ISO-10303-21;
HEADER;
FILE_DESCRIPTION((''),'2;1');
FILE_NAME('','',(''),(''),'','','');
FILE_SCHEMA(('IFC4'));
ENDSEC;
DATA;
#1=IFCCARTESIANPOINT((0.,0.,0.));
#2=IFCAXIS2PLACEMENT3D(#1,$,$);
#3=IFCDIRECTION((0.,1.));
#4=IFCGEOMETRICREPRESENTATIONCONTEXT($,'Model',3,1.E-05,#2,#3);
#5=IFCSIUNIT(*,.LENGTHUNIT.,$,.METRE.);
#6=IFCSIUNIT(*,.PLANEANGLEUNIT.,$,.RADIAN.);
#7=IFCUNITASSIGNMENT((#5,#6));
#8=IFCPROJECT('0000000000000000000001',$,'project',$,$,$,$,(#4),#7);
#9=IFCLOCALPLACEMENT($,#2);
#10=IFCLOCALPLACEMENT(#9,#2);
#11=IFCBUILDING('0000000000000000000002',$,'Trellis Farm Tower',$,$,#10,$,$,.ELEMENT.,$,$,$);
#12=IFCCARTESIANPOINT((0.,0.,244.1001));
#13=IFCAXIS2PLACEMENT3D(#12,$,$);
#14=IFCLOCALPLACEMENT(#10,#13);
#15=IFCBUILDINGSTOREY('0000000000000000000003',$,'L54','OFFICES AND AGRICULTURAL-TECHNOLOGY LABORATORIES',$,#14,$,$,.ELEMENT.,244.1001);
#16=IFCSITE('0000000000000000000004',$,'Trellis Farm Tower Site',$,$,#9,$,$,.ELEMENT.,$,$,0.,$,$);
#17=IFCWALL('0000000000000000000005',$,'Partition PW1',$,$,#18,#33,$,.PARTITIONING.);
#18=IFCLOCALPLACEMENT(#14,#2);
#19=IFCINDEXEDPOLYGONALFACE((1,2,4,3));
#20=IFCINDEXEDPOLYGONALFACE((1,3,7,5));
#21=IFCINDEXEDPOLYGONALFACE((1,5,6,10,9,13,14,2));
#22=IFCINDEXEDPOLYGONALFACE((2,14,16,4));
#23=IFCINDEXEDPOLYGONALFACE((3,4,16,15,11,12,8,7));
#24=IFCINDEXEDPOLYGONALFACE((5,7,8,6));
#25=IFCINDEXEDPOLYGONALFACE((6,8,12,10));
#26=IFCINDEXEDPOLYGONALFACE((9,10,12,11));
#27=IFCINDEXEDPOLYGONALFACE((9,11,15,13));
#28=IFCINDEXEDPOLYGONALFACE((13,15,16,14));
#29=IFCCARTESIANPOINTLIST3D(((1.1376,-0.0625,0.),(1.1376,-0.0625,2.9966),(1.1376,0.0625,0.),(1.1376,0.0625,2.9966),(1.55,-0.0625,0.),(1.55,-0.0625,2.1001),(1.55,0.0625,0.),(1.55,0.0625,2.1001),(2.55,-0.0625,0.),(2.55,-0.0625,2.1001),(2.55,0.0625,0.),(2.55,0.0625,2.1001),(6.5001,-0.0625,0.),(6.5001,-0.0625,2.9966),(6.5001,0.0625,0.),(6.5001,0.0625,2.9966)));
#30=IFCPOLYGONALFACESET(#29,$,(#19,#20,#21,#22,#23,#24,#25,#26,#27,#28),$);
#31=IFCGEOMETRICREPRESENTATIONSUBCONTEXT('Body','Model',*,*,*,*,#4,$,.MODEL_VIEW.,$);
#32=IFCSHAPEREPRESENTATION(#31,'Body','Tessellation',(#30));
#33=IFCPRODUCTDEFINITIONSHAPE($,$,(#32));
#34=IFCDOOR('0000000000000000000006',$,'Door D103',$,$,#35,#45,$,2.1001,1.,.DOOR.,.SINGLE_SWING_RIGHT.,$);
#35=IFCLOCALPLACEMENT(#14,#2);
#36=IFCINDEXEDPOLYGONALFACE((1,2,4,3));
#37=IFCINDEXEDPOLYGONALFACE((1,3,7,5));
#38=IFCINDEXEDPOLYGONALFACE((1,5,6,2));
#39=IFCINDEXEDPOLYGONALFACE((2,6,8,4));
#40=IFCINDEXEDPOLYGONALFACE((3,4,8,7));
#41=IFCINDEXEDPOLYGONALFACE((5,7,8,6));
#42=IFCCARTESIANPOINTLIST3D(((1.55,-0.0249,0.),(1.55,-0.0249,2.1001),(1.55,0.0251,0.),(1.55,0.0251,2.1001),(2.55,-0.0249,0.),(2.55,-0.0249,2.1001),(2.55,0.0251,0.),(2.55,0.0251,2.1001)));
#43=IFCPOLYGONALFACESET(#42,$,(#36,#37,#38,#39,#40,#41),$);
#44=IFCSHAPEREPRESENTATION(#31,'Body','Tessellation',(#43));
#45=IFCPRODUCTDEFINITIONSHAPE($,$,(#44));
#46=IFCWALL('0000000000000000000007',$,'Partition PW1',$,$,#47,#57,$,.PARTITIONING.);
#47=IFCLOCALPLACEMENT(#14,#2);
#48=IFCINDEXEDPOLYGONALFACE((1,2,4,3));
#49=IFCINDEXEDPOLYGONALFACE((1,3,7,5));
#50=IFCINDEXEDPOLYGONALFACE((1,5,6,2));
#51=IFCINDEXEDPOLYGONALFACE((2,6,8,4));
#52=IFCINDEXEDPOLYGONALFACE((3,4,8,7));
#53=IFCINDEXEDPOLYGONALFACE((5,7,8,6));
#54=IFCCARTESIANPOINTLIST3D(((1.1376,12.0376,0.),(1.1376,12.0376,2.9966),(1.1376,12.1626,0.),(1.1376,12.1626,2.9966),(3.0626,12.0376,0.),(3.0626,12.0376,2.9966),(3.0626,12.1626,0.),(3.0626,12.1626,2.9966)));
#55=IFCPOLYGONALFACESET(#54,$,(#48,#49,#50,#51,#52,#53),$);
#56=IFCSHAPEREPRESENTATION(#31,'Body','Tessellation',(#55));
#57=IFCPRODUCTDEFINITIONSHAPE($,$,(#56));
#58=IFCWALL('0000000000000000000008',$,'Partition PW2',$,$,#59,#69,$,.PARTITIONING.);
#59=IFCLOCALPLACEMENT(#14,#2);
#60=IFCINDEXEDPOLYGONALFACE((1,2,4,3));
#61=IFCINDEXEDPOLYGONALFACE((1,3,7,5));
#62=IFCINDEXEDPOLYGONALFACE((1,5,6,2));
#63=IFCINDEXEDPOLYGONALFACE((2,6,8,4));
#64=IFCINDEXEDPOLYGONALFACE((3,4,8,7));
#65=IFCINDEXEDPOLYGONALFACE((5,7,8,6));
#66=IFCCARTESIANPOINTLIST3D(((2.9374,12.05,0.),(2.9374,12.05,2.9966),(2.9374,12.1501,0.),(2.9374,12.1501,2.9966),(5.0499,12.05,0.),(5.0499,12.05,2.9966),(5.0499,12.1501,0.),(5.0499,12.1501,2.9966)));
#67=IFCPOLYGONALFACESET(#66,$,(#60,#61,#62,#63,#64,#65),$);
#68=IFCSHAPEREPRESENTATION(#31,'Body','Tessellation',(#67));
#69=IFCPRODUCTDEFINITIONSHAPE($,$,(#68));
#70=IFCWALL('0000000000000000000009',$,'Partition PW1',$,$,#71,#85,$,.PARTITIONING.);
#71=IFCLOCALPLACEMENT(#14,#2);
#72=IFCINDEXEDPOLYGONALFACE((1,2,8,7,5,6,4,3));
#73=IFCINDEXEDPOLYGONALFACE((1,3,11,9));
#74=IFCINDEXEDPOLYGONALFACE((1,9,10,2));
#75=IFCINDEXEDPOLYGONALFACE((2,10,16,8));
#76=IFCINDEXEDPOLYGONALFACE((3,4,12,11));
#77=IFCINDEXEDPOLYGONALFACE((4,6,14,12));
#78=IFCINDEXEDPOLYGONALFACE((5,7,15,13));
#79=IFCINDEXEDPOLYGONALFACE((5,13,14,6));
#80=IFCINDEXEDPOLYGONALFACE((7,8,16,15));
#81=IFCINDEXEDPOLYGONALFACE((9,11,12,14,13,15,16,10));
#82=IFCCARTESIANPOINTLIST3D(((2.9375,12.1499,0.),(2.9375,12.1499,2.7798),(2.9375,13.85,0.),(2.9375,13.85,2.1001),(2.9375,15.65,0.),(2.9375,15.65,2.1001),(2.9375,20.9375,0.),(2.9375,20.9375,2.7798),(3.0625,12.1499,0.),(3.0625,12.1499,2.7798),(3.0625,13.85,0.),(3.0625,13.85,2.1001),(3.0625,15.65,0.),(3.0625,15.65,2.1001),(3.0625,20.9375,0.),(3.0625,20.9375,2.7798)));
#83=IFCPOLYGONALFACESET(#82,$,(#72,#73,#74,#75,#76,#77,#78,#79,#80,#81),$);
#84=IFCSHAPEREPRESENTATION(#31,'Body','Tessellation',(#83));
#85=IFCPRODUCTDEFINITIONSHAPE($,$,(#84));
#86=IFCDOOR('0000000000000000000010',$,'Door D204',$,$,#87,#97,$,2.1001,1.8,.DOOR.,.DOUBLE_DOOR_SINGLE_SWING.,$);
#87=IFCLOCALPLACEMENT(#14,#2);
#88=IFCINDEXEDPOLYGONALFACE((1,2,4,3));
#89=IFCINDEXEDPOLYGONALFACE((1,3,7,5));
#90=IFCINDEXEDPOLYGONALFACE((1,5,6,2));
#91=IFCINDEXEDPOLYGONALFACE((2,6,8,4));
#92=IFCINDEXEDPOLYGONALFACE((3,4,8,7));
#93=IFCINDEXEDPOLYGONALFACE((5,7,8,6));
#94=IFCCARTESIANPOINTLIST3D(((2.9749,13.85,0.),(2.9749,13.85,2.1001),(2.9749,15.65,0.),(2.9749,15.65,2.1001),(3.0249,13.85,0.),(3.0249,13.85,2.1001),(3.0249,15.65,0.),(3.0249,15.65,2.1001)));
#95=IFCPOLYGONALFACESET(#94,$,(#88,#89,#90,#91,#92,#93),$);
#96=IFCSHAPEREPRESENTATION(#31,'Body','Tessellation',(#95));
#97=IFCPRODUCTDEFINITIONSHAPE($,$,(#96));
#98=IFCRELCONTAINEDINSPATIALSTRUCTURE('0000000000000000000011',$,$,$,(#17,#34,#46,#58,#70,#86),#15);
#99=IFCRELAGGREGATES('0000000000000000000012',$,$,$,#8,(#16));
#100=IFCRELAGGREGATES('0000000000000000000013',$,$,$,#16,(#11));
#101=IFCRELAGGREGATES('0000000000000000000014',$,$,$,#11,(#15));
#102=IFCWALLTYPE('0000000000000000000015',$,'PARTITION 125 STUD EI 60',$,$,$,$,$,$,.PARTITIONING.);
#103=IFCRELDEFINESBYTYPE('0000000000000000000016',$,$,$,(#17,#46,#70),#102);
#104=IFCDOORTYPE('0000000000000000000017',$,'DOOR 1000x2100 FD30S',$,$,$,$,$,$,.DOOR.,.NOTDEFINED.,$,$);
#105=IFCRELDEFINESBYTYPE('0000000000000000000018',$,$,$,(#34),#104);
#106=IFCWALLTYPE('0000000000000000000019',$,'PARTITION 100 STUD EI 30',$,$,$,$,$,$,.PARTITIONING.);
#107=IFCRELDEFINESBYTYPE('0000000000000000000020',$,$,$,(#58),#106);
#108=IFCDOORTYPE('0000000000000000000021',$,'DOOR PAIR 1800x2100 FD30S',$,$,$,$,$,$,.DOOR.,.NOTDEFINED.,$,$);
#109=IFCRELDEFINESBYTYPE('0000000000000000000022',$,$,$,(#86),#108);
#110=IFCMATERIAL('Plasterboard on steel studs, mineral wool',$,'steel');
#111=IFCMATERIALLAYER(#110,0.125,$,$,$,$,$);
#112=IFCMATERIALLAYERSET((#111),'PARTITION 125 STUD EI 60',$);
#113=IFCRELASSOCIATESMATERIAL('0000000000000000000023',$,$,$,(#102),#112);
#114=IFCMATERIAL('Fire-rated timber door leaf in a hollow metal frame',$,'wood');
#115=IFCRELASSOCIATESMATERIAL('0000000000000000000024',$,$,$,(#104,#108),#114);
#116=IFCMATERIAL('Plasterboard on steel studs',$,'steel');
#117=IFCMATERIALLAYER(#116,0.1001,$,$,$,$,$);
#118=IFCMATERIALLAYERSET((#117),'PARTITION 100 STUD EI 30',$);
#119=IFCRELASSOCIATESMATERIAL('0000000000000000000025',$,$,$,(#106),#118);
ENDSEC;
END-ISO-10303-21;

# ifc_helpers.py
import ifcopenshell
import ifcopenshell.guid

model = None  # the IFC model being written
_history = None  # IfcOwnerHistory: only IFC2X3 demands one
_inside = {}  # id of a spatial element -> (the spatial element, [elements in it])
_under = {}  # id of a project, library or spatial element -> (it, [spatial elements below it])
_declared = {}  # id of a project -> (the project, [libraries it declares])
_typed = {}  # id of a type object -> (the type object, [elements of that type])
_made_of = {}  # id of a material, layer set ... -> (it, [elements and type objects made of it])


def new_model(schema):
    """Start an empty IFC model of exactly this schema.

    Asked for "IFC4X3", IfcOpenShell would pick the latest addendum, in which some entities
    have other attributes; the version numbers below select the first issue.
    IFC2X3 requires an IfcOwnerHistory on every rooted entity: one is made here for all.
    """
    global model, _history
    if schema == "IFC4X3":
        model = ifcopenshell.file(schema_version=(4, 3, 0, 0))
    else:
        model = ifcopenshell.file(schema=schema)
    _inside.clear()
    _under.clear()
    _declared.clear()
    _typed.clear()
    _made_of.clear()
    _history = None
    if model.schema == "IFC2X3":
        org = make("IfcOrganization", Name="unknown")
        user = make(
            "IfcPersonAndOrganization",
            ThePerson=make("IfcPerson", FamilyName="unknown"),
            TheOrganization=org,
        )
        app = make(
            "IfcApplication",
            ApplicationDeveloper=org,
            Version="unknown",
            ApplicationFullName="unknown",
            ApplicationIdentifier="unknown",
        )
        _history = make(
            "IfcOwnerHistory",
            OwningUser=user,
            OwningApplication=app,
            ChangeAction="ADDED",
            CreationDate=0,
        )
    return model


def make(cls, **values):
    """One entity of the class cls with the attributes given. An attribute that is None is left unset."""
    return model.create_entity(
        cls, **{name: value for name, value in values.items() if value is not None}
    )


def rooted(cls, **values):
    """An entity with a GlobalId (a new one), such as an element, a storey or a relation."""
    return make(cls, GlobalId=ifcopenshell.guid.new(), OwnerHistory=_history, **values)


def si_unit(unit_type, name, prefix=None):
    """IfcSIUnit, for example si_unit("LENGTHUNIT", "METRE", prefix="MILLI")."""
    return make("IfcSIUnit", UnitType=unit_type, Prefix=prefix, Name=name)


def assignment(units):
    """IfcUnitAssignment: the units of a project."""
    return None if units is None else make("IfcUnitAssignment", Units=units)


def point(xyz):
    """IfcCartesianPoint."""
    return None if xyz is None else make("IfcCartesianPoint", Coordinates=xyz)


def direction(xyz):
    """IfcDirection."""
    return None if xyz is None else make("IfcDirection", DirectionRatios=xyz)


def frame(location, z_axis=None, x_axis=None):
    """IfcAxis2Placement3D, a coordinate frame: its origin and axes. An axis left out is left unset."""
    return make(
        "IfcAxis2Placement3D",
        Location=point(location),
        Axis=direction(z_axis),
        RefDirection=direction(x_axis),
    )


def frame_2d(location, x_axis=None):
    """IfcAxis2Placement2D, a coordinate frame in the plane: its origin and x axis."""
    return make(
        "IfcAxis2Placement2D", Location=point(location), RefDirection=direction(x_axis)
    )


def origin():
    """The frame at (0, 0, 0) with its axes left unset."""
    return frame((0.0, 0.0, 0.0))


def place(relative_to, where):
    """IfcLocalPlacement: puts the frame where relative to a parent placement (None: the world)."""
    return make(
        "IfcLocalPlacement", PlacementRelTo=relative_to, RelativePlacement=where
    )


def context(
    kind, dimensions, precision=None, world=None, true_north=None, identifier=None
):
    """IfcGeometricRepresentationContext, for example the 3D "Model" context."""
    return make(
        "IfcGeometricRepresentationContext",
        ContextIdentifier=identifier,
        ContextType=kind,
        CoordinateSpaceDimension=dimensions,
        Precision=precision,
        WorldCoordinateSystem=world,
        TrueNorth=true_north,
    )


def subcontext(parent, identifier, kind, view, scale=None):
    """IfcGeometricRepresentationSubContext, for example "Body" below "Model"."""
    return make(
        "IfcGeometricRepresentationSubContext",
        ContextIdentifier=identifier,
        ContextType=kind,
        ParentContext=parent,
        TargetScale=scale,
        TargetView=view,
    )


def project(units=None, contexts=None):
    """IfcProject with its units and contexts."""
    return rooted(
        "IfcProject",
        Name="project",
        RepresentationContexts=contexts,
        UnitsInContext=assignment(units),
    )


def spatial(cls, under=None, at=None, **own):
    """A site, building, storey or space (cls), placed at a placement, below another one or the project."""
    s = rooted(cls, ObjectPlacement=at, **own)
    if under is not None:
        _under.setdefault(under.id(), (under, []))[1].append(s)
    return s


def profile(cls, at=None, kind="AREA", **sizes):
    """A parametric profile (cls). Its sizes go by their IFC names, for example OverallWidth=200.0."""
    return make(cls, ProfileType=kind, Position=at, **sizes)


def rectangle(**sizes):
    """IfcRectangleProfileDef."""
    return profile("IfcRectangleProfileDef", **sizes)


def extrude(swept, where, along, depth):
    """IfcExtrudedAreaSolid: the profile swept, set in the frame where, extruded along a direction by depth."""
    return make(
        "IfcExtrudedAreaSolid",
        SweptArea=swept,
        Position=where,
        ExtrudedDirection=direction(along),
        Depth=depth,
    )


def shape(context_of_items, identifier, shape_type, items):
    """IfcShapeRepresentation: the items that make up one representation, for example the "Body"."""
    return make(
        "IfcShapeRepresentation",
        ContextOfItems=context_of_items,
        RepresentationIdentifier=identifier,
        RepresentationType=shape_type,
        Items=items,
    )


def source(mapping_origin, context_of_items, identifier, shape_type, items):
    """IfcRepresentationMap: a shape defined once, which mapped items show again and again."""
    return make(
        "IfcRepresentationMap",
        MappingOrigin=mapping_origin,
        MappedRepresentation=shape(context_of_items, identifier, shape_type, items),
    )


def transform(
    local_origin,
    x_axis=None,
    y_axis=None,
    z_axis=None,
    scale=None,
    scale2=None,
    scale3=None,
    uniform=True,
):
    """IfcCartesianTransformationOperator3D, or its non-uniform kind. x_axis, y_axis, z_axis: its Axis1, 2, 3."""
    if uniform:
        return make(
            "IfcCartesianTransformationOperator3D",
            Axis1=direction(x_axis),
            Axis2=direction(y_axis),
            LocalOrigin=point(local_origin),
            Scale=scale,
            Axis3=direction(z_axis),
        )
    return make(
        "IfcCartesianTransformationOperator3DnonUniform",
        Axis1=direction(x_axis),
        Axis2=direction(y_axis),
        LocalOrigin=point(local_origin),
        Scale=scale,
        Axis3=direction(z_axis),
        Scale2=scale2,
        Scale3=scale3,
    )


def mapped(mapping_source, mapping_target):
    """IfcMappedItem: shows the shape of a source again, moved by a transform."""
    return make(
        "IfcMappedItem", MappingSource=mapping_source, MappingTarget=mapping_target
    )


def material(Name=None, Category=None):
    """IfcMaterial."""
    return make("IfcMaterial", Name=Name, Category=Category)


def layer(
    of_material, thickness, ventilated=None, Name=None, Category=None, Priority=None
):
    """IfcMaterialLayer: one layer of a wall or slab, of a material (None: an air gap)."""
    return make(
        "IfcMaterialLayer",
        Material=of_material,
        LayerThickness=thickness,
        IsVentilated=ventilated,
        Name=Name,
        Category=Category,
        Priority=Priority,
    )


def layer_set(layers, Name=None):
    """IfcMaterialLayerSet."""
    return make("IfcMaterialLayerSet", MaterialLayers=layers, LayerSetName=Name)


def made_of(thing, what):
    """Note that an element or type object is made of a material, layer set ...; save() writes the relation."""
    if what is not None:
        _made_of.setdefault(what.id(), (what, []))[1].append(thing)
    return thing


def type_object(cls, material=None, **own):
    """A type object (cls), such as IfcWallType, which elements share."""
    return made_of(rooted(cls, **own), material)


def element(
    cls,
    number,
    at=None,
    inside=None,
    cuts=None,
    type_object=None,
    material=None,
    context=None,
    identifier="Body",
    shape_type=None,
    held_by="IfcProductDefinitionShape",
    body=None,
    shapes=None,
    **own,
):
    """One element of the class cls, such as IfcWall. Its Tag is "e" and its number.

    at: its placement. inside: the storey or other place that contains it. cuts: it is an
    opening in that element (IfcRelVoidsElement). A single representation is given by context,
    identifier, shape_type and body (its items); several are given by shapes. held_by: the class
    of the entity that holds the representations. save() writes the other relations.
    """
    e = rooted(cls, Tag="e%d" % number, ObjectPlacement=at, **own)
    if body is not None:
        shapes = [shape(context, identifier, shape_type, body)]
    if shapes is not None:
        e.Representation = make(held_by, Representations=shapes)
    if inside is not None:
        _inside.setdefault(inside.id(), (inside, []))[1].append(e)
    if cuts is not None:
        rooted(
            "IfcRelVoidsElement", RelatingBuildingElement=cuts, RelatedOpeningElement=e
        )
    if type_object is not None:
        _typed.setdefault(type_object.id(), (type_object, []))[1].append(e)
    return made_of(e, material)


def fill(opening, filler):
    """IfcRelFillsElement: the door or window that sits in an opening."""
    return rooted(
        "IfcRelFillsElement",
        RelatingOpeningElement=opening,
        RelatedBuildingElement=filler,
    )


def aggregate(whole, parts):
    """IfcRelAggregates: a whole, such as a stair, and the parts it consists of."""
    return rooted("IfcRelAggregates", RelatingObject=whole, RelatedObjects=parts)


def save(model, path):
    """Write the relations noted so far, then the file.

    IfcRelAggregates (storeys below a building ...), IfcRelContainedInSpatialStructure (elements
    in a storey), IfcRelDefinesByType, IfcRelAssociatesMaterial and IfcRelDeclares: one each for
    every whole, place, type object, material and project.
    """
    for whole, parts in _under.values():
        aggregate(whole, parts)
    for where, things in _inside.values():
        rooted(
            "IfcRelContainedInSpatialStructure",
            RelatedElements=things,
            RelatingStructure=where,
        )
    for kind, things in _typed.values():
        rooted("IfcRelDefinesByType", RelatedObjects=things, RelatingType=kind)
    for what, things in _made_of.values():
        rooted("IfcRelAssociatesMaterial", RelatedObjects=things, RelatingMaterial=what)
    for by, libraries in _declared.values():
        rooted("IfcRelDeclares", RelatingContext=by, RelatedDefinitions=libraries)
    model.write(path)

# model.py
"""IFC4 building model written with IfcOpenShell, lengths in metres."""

from ifc_helpers import new_model, si_unit, direction, frame, frame_2d, origin, place, context, subcontext, project, spatial, rectangle, extrude, source, transform, mapped, material, layer, layer_set, type_object, element, fill, save


model = new_model("IFC4")

# Units and contexts
model_context = context("Model", 3, precision=1e-05, world=origin(), true_north=direction((0.0, 1.0)))
body_context = subcontext(model_context, "Body", "Model", "MODEL_VIEW")
ifc_project = project(units=[si_unit("LENGTHUNIT", "METRE"), si_unit("PLANEANGLEUNIT", "RADIAN")], contexts=[model_context])

# Site, building, storey
site_placement = place(None, origin())
site = spatial("IfcSite", under=ifc_project, at=site_placement, Name="Trellis Farm Tower Site", CompositionType="ELEMENT", RefElevation=0.0)
building_placement = place(site_placement, origin())
building = spatial("IfcBuilding", under=site, at=building_placement, Name="Trellis Farm Tower", CompositionType="ELEMENT")
storey_placement = place(building_placement, frame((0.0, 0.0, 244.1001)))
storey = spatial("IfcBuildingStorey", under=building, at=storey_placement, Name="L54", Description="OFFICES AND AGRICULTURAL-TECHNOLOGY LABORATORIES", CompositionType="ELEMENT", Elevation=244.1001)

# Shared definitions
ifc_material_1 = material(Name="Plasterboard on steel studs, mineral wool", Category="steel")
ifc_layer_1 = layer(ifc_material_1, 0.125)
ifc_layer_set_1 = layer_set([ifc_layer_1], Name="PARTITION 125 STUD EI 60")
wall_type_1 = type_object("IfcWallType", Name="PARTITION 125 STUD EI 60", PredefinedType="PARTITIONING", material=ifc_layer_set_1)

# Wall, opening, door
shared_shape_1 = source(origin(), body_context, "Body", "SweptSolid", [
    extrude(rectangle(XDim=5.3625, YDim=0.125, at=frame_2d((2.6812, 0.0))), origin(), (0.0, 0.0, 1.0), 2.9966),
])
wall_1_placement = place(storey_placement, frame((6.5, 0.0, 0.0), z_axis=(0.0, 0.0, 1.0), x_axis=(-1.0, 0.0, 0.0)))
wall_1 = element("IfcWall", 1, at=wall_1_placement, inside=storey, type_object=wall_type_1, Name="Partition PW1", PredefinedType="PARTITIONING", context=body_context, shape_type="MappedRepresentation", body=[
    mapped(shared_shape_1, transform((0.0, 0.0, 0.0))),
])
shared_shape_2 = source(origin(), body_context, "Body", "SweptSolid", [
    extrude(rectangle(XDim=1.0, YDim=2.1001, at=frame_2d((0.5, 1.05))), frame((0.0, 0.0725, 0.0), z_axis=(0.0, -1.0, 0.0), x_axis=(1.0, 0.0, 0.0)), (0.0, 0.0, 1.0), 0.145),
])
opening_1_placement = place(wall_1_placement, frame((3.95, 0.0, 0.0)))
opening_1 = element("IfcOpeningElement", 2, at=opening_1_placement, cuts=wall_1, PredefinedType="OPENING", context=body_context, shape_type="MappedRepresentation", body=[
    mapped(shared_shape_2, transform((0.0, 0.0, 0.0))),
])
ifc_material_2 = material(Name="Fire-rated timber door leaf in a hollow metal frame", Category="wood")
door_type_1 = type_object("IfcDoorType", Name="DOOR 1000x2100 FD30S", OperationType="NOTDEFINED", PredefinedType="DOOR", material=ifc_material_2)
shared_shape_3 = source(origin(), body_context, "Body", "SweptSolid", [
    extrude(rectangle(XDim=1.0, YDim=2.1001, at=frame_2d((0.5, 1.05))), frame((0.0, 0.0249, 0.0), z_axis=(0.0, -1.0, 0.0), x_axis=(1.0, 0.0, 0.0)), (0.0, 0.0, 1.0), 0.05),
])
door_1_placement = place(opening_1_placement, origin())
door_1 = element("IfcDoor", 3, at=door_1_placement, inside=storey, type_object=door_type_1, Name="Door D103", OperationType="SINGLE_SWING_RIGHT", OverallHeight=2.1001, OverallWidth=1.0, PredefinedType="DOOR", context=body_context, shape_type="MappedRepresentation", body=[
    mapped(shared_shape_3, transform((0.0, 0.0, 0.0))),
])
fill(opening_1, door_1)

# Walls
shared_shape_4 = source(origin(), body_context, "Body", "SweptSolid", [
    extrude(rectangle(XDim=1.925, YDim=0.125, at=frame_2d((0.9624, 0.0))), origin(), (0.0, 0.0, 1.0), 2.9966),
])
wall_2_placement = place(storey_placement, frame((3.0625, 12.1001, 0.0), z_axis=(0.0, 0.0, 1.0), x_axis=(-1.0, 0.0, 0.0)))
element("IfcWall", 4, at=wall_2_placement, inside=storey, type_object=wall_type_1, Name="Partition PW1", PredefinedType="PARTITIONING", context=body_context, shape_type="MappedRepresentation", body=[
    mapped(shared_shape_4, transform((0.0, 0.0, 0.0))),
])
ifc_material_3 = material(Name="Plasterboard on steel studs", Category="steel")
ifc_layer_2 = layer(ifc_material_3, 0.1001)
ifc_layer_set_2 = layer_set([ifc_layer_2], Name="PARTITION 100 STUD EI 30")
wall_type_2 = type_object("IfcWallType", Name="PARTITION 100 STUD EI 30", PredefinedType="PARTITIONING", material=ifc_layer_set_2)
shared_shape_5 = source(origin(), body_context, "Body", "SweptSolid", [
    extrude(rectangle(XDim=2.1125, YDim=0.1001, at=frame_2d((1.0562, 0.0))), origin(), (0.0, 0.0, 1.0), 2.9966),
])
wall_3_placement = place(storey_placement, frame((2.9375, 12.1001, 0.0), z_axis=(0.0, 0.0, 1.0), x_axis=(1.0, 0.0, 0.0)))
element("IfcWall", 5, at=wall_3_placement, inside=storey, type_object=wall_type_2, Name="Partition PW2", PredefinedType="PARTITIONING", context=body_context, shape_type="MappedRepresentation", body=[
    mapped(shared_shape_5, transform((0.0, 0.0, 0.0))),
])

# Wall, opening, door
shared_shape_6 = source(origin(), body_context, "Body", "SweptSolid", [
    extrude(rectangle(XDim=8.7876, YDim=0.125, at=frame_2d((4.3938, 0.0))), origin(), (0.0, 0.0, 1.0), 2.7798),
])
wall_4_placement = place(storey_placement, frame((3.0, 20.9375, 0.0), z_axis=(0.0, 0.0, 1.0), x_axis=(0.0, -1.0, 0.0)))
wall_4 = element("IfcWall", 6, at=wall_4_placement, inside=storey, type_object=wall_type_1, Name="Partition PW1", PredefinedType="PARTITIONING", context=body_context, shape_type="MappedRepresentation", body=[
    mapped(shared_shape_6, transform((0.0, 0.0, 0.0))),
])
shared_shape_7 = source(origin(), body_context, "Body", "SweptSolid", [
    extrude(rectangle(XDim=1.8, YDim=2.1001, at=frame_2d((0.8999, 1.05))), frame((0.0, 0.0725, 0.0), z_axis=(0.0, -1.0, 0.0), x_axis=(1.0, 0.0, 0.0)), (0.0, 0.0, 1.0), 0.145),
])
opening_2_placement = place(wall_4_placement, frame((5.2876, 0.0, 0.0)))
opening_2 = element("IfcOpeningElement", 7, at=opening_2_placement, cuts=wall_4, PredefinedType="OPENING", context=body_context, shape_type="MappedRepresentation", body=[
    mapped(shared_shape_7, transform((0.0, 0.0, 0.0))),
])
door_type_2 = type_object("IfcDoorType", Name="DOOR PAIR 1800x2100 FD30S", OperationType="NOTDEFINED", PredefinedType="DOOR", material=ifc_material_2)
shared_shape_8 = source(origin(), body_context, "Body", "SweptSolid", [
    extrude(rectangle(XDim=1.8, YDim=2.1001, at=frame_2d((0.8999, 1.05))), frame((0.0, 0.0249, 0.0), z_axis=(0.0, -1.0, 0.0), x_axis=(1.0, 0.0, 0.0)), (0.0, 0.0, 1.0), 0.05),
])
door_2_placement = place(opening_2_placement, origin())
door_2 = element("IfcDoor", 8, at=door_2_placement, inside=storey, type_object=door_type_2, Name="Door D204", OperationType="DOUBLE_DOOR_SINGLE_SWING", OverallHeight=2.1001, OverallWidth=1.8, PredefinedType="DOOR", context=body_context, shape_type="MappedRepresentation", body=[
    mapped(shared_shape_8, transform((0.0, 0.0, 0.0))),
])
fill(opening_2, door_2)

save(model, "model.ifc")
